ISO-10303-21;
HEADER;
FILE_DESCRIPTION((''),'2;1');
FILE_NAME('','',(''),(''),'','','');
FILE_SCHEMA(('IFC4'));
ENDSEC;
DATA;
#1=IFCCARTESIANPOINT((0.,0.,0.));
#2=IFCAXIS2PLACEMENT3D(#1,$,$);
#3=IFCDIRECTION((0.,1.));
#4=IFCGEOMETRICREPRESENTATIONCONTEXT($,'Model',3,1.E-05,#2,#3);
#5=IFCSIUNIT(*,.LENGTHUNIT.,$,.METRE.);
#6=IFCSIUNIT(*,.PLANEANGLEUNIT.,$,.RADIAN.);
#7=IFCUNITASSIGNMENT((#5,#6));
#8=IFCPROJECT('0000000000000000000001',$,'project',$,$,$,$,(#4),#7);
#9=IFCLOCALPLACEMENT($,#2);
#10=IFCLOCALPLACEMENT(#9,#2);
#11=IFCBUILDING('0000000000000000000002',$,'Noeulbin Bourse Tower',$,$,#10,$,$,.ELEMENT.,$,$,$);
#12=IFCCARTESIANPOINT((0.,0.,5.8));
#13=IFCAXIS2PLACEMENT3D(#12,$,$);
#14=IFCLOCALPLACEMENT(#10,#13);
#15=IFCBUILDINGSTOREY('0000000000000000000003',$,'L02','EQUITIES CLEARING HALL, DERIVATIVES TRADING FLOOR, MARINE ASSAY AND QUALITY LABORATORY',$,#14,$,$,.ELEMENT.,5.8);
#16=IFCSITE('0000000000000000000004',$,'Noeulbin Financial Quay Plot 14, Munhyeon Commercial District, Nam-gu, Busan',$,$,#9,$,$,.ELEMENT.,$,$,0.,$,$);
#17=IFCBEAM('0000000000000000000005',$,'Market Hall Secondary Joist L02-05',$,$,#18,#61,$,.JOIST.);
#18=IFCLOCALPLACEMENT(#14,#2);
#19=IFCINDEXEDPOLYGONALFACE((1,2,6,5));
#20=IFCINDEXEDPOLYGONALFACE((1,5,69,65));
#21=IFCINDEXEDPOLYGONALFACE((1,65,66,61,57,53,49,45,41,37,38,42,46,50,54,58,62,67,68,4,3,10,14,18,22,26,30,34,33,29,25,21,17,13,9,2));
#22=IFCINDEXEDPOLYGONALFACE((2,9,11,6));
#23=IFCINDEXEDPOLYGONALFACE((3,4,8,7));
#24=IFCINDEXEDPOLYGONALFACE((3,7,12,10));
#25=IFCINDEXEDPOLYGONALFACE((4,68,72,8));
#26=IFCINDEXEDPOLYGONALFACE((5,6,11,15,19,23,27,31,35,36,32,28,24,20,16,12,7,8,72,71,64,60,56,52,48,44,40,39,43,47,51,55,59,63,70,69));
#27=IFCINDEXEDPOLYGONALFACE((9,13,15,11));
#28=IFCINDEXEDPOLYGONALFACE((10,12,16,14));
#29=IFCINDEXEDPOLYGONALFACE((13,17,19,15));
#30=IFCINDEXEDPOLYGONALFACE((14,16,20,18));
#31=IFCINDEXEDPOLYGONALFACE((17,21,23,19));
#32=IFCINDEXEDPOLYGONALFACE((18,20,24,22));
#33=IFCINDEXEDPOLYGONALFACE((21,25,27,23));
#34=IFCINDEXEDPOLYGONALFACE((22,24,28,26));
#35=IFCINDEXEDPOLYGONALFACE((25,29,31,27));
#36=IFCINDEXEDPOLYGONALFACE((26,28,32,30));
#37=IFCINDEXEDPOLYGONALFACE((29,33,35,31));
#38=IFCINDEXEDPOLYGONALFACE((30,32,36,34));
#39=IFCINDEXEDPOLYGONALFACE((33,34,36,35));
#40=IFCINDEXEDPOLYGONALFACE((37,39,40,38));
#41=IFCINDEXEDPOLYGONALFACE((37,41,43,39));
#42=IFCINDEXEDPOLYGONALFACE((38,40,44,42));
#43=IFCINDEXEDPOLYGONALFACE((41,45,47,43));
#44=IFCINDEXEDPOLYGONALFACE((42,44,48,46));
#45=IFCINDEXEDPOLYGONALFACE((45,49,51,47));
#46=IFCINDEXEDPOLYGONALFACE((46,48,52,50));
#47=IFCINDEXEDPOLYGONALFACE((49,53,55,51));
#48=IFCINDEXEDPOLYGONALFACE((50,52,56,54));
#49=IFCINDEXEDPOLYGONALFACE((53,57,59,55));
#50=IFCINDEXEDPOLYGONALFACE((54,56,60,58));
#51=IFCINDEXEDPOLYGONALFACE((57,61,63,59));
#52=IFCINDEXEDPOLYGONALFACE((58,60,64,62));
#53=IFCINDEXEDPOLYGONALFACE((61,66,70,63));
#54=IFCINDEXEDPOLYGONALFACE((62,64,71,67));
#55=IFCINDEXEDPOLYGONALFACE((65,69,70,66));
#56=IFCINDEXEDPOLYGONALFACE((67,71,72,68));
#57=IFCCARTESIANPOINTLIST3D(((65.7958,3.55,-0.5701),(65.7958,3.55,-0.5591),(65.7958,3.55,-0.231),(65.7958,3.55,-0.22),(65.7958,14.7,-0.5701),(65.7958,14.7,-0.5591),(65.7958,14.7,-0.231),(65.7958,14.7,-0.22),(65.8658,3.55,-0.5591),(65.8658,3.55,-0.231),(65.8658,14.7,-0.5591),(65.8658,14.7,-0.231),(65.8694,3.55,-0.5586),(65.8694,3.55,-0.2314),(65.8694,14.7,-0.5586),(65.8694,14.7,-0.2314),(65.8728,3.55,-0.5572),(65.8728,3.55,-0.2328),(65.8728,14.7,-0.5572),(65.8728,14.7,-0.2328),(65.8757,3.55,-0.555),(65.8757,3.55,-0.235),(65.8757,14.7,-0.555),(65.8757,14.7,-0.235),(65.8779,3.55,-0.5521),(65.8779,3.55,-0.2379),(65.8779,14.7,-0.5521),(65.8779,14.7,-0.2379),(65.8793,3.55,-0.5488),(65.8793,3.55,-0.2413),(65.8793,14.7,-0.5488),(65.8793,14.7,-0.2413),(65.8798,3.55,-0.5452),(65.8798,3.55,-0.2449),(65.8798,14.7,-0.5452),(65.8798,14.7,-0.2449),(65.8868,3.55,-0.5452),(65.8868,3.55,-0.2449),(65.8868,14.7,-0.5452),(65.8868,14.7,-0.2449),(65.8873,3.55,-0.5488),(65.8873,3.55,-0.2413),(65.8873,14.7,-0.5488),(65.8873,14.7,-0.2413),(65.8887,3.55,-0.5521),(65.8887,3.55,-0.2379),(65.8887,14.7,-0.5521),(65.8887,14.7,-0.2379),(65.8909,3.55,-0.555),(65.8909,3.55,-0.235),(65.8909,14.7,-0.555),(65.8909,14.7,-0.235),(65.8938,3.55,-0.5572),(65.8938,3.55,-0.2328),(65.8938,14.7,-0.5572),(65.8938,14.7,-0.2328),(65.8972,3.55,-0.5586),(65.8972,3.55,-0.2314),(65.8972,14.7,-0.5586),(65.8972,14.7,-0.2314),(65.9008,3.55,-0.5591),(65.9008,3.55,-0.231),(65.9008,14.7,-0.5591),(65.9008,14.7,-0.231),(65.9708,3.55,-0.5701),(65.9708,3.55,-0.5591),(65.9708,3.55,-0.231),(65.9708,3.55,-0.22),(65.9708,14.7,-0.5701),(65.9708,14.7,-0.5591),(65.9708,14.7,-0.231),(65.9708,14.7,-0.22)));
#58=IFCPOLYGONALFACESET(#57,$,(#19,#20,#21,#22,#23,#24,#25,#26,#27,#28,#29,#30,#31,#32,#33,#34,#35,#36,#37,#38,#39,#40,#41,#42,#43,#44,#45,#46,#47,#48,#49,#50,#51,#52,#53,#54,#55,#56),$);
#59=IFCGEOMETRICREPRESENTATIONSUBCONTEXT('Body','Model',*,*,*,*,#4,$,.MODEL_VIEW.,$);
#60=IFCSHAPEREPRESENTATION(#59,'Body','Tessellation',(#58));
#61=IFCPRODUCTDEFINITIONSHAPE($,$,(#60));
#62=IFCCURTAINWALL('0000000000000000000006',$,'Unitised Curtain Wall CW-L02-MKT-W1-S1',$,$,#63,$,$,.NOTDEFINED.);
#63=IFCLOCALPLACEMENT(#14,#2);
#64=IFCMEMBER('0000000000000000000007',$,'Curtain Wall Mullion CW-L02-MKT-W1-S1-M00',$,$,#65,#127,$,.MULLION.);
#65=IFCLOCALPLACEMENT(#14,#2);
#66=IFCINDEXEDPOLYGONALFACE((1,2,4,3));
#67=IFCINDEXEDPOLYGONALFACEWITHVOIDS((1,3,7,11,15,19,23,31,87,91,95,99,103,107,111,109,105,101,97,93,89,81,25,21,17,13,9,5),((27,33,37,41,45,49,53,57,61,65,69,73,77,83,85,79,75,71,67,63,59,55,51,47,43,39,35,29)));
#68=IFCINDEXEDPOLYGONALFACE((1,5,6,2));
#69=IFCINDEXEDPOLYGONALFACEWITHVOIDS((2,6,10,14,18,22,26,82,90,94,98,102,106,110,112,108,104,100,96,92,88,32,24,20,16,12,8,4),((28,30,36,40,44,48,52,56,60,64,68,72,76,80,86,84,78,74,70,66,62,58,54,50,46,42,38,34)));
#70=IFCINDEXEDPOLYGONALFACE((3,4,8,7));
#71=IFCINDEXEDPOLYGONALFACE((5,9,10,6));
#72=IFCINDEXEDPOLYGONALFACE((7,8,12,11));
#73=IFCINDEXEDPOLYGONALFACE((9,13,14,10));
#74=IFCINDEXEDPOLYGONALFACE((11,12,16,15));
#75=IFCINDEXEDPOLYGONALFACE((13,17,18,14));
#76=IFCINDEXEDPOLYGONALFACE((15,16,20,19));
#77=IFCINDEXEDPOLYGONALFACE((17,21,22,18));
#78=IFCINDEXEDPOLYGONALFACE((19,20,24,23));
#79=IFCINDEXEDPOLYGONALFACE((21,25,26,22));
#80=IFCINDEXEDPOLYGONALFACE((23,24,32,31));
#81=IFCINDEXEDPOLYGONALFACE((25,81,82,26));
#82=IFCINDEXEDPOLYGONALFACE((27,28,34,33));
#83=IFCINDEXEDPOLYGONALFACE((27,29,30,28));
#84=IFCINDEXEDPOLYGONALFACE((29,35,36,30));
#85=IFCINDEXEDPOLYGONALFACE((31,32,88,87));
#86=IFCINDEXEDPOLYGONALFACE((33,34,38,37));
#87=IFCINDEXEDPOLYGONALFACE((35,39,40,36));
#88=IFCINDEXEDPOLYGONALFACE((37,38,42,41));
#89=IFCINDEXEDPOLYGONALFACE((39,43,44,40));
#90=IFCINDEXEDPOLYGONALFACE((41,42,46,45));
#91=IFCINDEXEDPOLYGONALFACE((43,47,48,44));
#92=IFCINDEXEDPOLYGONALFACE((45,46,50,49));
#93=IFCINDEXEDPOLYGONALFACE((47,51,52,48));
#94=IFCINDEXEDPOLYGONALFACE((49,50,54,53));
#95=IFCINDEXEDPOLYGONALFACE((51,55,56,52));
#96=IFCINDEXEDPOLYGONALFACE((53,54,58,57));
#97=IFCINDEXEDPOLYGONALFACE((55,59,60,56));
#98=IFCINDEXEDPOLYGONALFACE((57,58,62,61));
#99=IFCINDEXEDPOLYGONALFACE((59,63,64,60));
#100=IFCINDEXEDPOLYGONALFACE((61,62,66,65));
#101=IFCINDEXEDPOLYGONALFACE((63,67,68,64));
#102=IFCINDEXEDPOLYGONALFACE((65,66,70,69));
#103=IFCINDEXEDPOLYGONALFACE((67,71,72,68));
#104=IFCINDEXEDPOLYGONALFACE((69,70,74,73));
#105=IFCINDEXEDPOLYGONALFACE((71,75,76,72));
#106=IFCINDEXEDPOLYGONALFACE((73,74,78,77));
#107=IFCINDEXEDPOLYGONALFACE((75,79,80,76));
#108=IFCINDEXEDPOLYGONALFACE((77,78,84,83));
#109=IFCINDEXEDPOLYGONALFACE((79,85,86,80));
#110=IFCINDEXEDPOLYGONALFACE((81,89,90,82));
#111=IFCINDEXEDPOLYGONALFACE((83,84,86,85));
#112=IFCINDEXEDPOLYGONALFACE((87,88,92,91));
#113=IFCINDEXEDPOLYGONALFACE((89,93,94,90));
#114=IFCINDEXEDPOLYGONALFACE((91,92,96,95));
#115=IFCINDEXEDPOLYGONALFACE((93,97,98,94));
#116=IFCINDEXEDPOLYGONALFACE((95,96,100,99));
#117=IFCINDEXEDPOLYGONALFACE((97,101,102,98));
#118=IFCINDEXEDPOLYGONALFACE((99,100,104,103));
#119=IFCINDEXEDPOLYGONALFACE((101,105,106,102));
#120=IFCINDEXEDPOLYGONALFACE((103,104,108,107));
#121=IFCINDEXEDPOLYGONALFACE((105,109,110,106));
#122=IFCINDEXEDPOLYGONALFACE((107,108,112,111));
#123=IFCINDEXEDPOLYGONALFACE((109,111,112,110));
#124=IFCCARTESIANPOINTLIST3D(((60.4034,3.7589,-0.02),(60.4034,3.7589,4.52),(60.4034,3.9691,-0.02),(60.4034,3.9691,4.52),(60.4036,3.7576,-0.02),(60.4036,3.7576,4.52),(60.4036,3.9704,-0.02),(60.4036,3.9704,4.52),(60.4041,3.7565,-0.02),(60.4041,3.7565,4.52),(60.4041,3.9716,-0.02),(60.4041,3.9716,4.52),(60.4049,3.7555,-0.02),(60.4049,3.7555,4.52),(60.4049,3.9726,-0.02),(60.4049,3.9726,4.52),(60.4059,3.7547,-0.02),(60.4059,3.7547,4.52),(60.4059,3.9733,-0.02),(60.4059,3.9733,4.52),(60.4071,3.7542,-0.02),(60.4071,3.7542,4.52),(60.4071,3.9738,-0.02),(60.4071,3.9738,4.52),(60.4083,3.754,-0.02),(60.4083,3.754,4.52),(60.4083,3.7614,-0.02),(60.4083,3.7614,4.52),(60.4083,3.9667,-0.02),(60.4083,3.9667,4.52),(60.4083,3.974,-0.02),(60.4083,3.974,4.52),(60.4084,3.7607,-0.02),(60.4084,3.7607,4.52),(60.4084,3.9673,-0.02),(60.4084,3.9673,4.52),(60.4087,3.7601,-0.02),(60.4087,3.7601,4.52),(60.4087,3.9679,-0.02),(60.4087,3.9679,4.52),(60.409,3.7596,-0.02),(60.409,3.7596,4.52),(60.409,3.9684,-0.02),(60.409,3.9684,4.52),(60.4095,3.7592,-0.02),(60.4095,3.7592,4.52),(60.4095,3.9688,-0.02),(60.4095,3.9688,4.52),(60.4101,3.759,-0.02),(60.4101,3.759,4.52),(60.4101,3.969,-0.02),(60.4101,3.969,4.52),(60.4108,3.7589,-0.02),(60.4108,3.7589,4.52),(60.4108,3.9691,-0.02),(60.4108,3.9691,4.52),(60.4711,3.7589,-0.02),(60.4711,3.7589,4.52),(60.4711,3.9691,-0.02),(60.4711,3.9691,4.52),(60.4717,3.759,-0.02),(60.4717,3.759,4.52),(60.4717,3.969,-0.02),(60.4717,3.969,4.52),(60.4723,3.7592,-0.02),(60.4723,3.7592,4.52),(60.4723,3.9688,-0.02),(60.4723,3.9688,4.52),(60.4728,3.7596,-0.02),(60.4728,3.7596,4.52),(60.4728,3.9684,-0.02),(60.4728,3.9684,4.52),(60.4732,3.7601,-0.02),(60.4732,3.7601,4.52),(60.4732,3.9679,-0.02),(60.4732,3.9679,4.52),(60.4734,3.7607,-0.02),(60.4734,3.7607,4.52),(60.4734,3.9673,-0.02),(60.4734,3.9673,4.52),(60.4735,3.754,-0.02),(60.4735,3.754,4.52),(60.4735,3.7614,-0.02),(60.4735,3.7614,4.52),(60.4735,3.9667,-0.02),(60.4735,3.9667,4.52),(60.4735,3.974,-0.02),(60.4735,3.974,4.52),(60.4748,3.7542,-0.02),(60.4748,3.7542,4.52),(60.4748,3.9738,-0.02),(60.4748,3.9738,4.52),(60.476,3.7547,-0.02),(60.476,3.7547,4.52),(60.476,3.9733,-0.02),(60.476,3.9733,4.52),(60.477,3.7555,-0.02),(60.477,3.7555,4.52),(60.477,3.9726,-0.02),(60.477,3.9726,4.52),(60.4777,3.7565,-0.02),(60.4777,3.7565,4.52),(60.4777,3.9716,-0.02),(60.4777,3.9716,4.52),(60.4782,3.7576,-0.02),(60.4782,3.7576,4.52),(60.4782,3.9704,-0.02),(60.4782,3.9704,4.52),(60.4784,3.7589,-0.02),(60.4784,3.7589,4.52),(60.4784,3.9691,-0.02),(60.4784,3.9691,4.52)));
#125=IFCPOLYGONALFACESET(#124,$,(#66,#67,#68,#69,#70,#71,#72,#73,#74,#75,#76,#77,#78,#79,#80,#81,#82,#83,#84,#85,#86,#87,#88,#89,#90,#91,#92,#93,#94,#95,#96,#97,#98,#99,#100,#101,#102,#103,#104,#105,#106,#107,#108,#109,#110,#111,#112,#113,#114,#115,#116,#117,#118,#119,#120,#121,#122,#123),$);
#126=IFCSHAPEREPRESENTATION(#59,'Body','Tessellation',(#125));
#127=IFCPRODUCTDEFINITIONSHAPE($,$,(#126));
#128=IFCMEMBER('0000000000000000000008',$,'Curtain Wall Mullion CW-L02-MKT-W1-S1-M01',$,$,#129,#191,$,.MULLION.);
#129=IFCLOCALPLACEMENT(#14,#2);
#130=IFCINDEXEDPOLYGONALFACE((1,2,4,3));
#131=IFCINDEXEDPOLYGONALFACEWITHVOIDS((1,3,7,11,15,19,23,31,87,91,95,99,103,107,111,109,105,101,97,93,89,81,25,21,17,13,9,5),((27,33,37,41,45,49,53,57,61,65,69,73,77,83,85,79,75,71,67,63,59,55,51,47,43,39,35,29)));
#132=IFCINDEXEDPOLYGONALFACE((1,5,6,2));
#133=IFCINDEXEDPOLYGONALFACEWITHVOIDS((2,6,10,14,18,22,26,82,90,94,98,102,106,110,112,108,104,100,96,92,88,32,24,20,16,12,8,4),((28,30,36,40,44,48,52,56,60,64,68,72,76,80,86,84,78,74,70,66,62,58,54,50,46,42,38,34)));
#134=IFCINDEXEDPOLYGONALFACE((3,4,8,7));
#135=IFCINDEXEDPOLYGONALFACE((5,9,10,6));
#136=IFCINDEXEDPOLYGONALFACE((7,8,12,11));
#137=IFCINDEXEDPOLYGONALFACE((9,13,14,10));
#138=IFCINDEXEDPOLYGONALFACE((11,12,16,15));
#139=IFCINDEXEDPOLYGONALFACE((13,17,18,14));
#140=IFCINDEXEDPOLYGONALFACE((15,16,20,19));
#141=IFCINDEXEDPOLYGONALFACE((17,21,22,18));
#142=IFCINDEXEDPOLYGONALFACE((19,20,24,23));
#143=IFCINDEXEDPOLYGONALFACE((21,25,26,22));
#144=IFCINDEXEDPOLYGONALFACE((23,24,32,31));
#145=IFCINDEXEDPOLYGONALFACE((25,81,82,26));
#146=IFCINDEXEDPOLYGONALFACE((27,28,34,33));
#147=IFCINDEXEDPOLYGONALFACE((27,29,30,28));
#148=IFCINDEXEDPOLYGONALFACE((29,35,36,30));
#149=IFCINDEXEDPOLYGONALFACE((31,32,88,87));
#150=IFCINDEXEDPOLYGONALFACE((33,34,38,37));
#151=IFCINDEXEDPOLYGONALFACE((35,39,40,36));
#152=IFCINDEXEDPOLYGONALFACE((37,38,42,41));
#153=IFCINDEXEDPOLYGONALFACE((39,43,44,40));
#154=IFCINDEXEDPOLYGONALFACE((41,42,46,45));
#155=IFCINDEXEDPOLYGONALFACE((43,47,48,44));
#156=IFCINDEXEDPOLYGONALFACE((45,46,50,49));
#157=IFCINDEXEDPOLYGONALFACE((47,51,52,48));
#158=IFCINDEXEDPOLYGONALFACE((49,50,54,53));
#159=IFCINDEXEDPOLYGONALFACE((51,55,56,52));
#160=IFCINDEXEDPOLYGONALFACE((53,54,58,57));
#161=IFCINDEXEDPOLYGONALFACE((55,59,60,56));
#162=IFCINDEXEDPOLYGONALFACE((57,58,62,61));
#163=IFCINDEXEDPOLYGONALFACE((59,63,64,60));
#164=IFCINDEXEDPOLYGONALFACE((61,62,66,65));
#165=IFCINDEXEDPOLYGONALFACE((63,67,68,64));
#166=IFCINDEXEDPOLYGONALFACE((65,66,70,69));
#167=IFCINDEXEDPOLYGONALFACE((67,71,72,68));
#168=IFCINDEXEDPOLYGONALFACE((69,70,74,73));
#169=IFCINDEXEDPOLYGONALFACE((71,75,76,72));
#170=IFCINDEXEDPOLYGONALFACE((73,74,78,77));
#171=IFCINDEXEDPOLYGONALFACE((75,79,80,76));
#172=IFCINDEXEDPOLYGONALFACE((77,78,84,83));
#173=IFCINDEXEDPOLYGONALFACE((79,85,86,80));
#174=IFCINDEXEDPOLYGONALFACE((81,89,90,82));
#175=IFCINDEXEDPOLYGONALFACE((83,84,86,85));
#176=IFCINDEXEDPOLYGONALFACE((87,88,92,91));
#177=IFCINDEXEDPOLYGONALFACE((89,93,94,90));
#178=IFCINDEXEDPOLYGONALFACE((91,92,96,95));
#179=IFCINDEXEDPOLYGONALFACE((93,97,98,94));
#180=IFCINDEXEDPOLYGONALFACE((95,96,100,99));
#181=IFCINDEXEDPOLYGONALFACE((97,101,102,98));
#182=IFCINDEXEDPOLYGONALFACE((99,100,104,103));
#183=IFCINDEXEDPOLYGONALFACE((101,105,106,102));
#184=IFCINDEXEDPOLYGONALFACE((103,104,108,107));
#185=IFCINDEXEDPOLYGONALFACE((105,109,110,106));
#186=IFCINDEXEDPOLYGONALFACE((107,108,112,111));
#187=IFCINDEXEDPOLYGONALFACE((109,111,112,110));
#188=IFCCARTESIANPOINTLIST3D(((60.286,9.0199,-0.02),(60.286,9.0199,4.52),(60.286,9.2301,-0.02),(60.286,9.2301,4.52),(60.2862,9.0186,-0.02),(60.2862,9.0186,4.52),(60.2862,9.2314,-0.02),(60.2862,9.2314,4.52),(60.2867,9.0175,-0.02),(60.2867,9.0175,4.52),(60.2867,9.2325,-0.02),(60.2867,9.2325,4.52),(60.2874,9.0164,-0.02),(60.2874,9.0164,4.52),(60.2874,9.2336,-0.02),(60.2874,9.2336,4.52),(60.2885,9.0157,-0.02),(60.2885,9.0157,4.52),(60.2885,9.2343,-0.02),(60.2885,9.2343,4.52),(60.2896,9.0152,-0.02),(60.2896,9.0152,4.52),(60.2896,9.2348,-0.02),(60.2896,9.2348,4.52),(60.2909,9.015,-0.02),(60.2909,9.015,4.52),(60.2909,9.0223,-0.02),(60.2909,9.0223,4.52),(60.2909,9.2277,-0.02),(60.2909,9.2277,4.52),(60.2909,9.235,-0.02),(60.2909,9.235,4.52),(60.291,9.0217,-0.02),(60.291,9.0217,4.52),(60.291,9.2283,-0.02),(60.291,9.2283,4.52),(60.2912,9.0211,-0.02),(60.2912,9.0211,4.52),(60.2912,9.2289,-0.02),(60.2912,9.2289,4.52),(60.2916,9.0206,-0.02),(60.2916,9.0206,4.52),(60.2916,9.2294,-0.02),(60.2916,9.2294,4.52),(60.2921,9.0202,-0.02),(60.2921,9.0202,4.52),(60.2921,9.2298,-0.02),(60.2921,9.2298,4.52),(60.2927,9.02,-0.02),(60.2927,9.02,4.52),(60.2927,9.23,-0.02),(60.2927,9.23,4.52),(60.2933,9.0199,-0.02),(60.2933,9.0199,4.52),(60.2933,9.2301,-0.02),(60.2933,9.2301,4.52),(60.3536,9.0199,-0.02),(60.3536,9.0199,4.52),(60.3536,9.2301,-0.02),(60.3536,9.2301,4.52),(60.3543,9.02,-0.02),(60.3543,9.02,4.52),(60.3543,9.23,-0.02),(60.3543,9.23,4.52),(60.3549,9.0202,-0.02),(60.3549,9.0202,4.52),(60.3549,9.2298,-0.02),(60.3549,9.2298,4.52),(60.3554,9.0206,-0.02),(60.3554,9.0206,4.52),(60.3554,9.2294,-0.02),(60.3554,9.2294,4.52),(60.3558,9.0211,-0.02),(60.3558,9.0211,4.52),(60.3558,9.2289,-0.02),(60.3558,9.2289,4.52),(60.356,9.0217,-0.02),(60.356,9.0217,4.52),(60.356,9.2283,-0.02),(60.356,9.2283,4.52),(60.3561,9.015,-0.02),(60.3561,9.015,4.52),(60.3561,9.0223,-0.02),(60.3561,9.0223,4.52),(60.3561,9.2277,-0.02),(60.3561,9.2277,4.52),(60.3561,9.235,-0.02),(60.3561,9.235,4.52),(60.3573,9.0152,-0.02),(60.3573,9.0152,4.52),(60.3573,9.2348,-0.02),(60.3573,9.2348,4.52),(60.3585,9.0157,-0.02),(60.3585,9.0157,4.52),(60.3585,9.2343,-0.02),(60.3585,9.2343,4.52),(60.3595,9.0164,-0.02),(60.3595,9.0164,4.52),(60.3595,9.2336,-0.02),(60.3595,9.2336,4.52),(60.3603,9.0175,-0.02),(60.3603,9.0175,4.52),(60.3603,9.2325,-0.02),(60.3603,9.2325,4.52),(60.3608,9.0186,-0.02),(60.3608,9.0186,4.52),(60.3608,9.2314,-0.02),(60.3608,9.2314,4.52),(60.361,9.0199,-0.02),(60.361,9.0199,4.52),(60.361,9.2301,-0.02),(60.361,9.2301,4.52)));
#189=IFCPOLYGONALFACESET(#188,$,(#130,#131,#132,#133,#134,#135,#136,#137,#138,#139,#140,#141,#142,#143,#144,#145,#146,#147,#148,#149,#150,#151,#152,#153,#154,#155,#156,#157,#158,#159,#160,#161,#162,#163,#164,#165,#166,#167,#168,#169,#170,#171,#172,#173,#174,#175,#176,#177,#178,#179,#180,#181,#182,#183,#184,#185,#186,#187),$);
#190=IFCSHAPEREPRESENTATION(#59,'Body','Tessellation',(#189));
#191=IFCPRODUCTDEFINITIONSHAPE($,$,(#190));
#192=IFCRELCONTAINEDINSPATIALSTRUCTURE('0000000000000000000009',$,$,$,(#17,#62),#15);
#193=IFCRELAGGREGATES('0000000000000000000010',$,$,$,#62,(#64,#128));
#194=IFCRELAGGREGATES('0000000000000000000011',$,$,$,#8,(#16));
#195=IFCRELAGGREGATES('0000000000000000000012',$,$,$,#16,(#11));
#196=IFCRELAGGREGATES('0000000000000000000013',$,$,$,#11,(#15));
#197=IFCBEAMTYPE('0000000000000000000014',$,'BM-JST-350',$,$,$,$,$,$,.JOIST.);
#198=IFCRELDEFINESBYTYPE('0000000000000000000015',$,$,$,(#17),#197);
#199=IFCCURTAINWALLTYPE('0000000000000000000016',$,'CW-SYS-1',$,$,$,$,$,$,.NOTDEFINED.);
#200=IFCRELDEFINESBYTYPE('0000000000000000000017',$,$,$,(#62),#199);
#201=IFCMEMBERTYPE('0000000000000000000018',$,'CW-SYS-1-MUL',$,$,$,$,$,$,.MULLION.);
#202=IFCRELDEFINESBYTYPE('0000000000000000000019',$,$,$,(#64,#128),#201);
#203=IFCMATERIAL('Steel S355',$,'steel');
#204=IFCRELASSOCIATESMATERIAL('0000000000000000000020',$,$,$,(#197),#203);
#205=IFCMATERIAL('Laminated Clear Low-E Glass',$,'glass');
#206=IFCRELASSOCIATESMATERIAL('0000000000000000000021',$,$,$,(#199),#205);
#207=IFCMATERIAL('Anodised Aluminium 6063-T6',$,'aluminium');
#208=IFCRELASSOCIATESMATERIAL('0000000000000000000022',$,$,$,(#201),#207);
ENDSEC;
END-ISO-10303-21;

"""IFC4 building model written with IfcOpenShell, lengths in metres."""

from ifc_helpers import new_model, si_unit, direction, frame, origin, origin_2d, place, context, subcontext, project, spatial, hollow_rectangle, i_section, extrude, material, material_profile, profile_set, type_object, element, aggregate, save


model = new_model("IFC4")

# Units and contexts
model_context = context("Model", 3, precision=1e-05, world=origin(), true_north=direction((0.0, 1.0)))
body_context = subcontext(model_context, "Body", "Model", "MODEL_VIEW")
ifc_project = project(units=[si_unit("LENGTHUNIT", "METRE"), si_unit("PLANEANGLEUNIT", "RADIAN")], contexts=[model_context])

# Site, building, storey
site_placement = place(None, origin())
site = spatial("IfcSite", under=ifc_project, at=site_placement, Name="Noeulbin Financial Quay Plot 14, Munhyeon Commercial District, Nam-gu, Busan", CompositionType="ELEMENT", RefElevation=0.0)
building_placement = place(site_placement, origin())
building = spatial("IfcBuilding", under=site, at=building_placement, Name="Noeulbin Bourse Tower", CompositionType="ELEMENT")
storey_placement = place(building_placement, frame((0.0, 0.0, 5.8)))
storey = spatial("IfcBuildingStorey", under=building, at=storey_placement, Name="L02", Description="EQUITIES CLEARING HALL, DERIVATIVES TRADING FLOOR, MARINE ASSAY AND QUALITY LABORATORY", CompositionType="ELEMENT", Elevation=5.8)

# Shared definitions
ifc_material_1 = material(Name="Steel S355", Category="steel")

# Beam
ifc_material_profile_1 = material_profile(ifc_material_1, i_section(OverallWidth=0.175, OverallDepth=0.3501, WebThickness=0.0071, FlangeThickness=0.011, FilletRadius=0.0139, at=origin_2d()), Name="H-350x175x7x11", Category="LoadBearing")
ifc_profile_set_1 = profile_set([ifc_material_profile_1], Name="Steel S355")
beam_type_1 = type_object("IfcBeamType", Name="BM-JST-350", PredefinedType="JOIST", material=ifc_profile_set_1)
for number, where, z_axis, x_axis, name in (
    (1, (65.8833, 3.55, -0.395), (0.0, 1.0, 0.0), (-1.0, 0.0, 0.0), "Market Hall Secondary Joist L02-05"),
):
    element("IfcBeam", number, at=place(storey_placement, frame(where, z_axis=z_axis, x_axis=x_axis)), inside=storey, type_object=beam_type_1, Name=name, PredefinedType="JOIST", context=body_context, shape_type="SweptSolid", body=[
        extrude(i_section(OverallWidth=0.175, OverallDepth=0.3501, WebThickness=0.0071, FlangeThickness=0.011, FilletRadius=0.0139, at=origin_2d()), origin(), (0.0, 0.0, 1.0), 11.1499),
    ])

# Curtain wall, members
ifc_material_2 = material(Name="Laminated Clear Low-E Glass", Category="glass")
curtain_wall_type = type_object("IfcCurtainWallType", Name="CW-SYS-1", PredefinedType="NOTDEFINED", material=ifc_material_2)
curtain_wall_placement = place(storey_placement, origin())
curtain_wall = element("IfcCurtainWall", 2, at=curtain_wall_placement, inside=storey, type_object=curtain_wall_type, Name="Unitised Curtain Wall CW-L02-MKT-W1-S1", PredefinedType="NOTDEFINED")
ifc_material_3 = material(Name="Anodised Aluminium 6063-T6", Category="aluminium")
ifc_material_profile_2 = material_profile(ifc_material_3, hollow_rectangle(XDim=0.075, YDim=0.22, WallThickness=0.0049, InnerFilletRadius=0.0024, OuterFilletRadius=0.0049, at=origin_2d()), Name="ALU-MULL-75x220x5", Category="LoadBearing")
ifc_profile_set_2 = profile_set([ifc_material_profile_2], Name="Anodised Aluminium 6063-T6")
member_type_1 = type_object("IfcMemberType", Name="CW-SYS-1-MUL", PredefinedType="MULLION", material=ifc_profile_set_2)
member_1_placement = place(storey_placement, frame((60.4409, 3.864, -0.02), z_axis=(0.0, 0.0, 1.0), x_axis=(1.0, 0.0, 0.0)))
member_1 = element("IfcMember", 3, at=member_1_placement, type_object=member_type_1, Name="Curtain Wall Mullion CW-L02-MKT-W1-S1-M00", PredefinedType="MULLION", context=body_context, shape_type="SweptSolid", body=[
    extrude(hollow_rectangle(XDim=0.075, YDim=0.22, WallThickness=0.0049, InnerFilletRadius=0.0024, OuterFilletRadius=0.0049, at=origin_2d()), origin(), (0.0, 0.0, 1.0), 4.54),
])
member_2_placement = place(storey_placement, frame((60.3235, 9.125, -0.02), z_axis=(0.0, 0.0, 1.0), x_axis=(1.0, 0.0, 0.0)))
member_2 = element("IfcMember", 4, at=member_2_placement, type_object=member_type_1, Name="Curtain Wall Mullion CW-L02-MKT-W1-S1-M01", PredefinedType="MULLION", context=body_context, shape_type="SweptSolid", body=[
    extrude(hollow_rectangle(XDim=0.075, YDim=0.22, WallThickness=0.0049, InnerFilletRadius=0.0024, OuterFilletRadius=0.0049, at=origin_2d()), origin(), (0.0, 0.0, 1.0), 4.54),
])
aggregate(curtain_wall, [member_1, member_2])

save(model, "model.ifc")
